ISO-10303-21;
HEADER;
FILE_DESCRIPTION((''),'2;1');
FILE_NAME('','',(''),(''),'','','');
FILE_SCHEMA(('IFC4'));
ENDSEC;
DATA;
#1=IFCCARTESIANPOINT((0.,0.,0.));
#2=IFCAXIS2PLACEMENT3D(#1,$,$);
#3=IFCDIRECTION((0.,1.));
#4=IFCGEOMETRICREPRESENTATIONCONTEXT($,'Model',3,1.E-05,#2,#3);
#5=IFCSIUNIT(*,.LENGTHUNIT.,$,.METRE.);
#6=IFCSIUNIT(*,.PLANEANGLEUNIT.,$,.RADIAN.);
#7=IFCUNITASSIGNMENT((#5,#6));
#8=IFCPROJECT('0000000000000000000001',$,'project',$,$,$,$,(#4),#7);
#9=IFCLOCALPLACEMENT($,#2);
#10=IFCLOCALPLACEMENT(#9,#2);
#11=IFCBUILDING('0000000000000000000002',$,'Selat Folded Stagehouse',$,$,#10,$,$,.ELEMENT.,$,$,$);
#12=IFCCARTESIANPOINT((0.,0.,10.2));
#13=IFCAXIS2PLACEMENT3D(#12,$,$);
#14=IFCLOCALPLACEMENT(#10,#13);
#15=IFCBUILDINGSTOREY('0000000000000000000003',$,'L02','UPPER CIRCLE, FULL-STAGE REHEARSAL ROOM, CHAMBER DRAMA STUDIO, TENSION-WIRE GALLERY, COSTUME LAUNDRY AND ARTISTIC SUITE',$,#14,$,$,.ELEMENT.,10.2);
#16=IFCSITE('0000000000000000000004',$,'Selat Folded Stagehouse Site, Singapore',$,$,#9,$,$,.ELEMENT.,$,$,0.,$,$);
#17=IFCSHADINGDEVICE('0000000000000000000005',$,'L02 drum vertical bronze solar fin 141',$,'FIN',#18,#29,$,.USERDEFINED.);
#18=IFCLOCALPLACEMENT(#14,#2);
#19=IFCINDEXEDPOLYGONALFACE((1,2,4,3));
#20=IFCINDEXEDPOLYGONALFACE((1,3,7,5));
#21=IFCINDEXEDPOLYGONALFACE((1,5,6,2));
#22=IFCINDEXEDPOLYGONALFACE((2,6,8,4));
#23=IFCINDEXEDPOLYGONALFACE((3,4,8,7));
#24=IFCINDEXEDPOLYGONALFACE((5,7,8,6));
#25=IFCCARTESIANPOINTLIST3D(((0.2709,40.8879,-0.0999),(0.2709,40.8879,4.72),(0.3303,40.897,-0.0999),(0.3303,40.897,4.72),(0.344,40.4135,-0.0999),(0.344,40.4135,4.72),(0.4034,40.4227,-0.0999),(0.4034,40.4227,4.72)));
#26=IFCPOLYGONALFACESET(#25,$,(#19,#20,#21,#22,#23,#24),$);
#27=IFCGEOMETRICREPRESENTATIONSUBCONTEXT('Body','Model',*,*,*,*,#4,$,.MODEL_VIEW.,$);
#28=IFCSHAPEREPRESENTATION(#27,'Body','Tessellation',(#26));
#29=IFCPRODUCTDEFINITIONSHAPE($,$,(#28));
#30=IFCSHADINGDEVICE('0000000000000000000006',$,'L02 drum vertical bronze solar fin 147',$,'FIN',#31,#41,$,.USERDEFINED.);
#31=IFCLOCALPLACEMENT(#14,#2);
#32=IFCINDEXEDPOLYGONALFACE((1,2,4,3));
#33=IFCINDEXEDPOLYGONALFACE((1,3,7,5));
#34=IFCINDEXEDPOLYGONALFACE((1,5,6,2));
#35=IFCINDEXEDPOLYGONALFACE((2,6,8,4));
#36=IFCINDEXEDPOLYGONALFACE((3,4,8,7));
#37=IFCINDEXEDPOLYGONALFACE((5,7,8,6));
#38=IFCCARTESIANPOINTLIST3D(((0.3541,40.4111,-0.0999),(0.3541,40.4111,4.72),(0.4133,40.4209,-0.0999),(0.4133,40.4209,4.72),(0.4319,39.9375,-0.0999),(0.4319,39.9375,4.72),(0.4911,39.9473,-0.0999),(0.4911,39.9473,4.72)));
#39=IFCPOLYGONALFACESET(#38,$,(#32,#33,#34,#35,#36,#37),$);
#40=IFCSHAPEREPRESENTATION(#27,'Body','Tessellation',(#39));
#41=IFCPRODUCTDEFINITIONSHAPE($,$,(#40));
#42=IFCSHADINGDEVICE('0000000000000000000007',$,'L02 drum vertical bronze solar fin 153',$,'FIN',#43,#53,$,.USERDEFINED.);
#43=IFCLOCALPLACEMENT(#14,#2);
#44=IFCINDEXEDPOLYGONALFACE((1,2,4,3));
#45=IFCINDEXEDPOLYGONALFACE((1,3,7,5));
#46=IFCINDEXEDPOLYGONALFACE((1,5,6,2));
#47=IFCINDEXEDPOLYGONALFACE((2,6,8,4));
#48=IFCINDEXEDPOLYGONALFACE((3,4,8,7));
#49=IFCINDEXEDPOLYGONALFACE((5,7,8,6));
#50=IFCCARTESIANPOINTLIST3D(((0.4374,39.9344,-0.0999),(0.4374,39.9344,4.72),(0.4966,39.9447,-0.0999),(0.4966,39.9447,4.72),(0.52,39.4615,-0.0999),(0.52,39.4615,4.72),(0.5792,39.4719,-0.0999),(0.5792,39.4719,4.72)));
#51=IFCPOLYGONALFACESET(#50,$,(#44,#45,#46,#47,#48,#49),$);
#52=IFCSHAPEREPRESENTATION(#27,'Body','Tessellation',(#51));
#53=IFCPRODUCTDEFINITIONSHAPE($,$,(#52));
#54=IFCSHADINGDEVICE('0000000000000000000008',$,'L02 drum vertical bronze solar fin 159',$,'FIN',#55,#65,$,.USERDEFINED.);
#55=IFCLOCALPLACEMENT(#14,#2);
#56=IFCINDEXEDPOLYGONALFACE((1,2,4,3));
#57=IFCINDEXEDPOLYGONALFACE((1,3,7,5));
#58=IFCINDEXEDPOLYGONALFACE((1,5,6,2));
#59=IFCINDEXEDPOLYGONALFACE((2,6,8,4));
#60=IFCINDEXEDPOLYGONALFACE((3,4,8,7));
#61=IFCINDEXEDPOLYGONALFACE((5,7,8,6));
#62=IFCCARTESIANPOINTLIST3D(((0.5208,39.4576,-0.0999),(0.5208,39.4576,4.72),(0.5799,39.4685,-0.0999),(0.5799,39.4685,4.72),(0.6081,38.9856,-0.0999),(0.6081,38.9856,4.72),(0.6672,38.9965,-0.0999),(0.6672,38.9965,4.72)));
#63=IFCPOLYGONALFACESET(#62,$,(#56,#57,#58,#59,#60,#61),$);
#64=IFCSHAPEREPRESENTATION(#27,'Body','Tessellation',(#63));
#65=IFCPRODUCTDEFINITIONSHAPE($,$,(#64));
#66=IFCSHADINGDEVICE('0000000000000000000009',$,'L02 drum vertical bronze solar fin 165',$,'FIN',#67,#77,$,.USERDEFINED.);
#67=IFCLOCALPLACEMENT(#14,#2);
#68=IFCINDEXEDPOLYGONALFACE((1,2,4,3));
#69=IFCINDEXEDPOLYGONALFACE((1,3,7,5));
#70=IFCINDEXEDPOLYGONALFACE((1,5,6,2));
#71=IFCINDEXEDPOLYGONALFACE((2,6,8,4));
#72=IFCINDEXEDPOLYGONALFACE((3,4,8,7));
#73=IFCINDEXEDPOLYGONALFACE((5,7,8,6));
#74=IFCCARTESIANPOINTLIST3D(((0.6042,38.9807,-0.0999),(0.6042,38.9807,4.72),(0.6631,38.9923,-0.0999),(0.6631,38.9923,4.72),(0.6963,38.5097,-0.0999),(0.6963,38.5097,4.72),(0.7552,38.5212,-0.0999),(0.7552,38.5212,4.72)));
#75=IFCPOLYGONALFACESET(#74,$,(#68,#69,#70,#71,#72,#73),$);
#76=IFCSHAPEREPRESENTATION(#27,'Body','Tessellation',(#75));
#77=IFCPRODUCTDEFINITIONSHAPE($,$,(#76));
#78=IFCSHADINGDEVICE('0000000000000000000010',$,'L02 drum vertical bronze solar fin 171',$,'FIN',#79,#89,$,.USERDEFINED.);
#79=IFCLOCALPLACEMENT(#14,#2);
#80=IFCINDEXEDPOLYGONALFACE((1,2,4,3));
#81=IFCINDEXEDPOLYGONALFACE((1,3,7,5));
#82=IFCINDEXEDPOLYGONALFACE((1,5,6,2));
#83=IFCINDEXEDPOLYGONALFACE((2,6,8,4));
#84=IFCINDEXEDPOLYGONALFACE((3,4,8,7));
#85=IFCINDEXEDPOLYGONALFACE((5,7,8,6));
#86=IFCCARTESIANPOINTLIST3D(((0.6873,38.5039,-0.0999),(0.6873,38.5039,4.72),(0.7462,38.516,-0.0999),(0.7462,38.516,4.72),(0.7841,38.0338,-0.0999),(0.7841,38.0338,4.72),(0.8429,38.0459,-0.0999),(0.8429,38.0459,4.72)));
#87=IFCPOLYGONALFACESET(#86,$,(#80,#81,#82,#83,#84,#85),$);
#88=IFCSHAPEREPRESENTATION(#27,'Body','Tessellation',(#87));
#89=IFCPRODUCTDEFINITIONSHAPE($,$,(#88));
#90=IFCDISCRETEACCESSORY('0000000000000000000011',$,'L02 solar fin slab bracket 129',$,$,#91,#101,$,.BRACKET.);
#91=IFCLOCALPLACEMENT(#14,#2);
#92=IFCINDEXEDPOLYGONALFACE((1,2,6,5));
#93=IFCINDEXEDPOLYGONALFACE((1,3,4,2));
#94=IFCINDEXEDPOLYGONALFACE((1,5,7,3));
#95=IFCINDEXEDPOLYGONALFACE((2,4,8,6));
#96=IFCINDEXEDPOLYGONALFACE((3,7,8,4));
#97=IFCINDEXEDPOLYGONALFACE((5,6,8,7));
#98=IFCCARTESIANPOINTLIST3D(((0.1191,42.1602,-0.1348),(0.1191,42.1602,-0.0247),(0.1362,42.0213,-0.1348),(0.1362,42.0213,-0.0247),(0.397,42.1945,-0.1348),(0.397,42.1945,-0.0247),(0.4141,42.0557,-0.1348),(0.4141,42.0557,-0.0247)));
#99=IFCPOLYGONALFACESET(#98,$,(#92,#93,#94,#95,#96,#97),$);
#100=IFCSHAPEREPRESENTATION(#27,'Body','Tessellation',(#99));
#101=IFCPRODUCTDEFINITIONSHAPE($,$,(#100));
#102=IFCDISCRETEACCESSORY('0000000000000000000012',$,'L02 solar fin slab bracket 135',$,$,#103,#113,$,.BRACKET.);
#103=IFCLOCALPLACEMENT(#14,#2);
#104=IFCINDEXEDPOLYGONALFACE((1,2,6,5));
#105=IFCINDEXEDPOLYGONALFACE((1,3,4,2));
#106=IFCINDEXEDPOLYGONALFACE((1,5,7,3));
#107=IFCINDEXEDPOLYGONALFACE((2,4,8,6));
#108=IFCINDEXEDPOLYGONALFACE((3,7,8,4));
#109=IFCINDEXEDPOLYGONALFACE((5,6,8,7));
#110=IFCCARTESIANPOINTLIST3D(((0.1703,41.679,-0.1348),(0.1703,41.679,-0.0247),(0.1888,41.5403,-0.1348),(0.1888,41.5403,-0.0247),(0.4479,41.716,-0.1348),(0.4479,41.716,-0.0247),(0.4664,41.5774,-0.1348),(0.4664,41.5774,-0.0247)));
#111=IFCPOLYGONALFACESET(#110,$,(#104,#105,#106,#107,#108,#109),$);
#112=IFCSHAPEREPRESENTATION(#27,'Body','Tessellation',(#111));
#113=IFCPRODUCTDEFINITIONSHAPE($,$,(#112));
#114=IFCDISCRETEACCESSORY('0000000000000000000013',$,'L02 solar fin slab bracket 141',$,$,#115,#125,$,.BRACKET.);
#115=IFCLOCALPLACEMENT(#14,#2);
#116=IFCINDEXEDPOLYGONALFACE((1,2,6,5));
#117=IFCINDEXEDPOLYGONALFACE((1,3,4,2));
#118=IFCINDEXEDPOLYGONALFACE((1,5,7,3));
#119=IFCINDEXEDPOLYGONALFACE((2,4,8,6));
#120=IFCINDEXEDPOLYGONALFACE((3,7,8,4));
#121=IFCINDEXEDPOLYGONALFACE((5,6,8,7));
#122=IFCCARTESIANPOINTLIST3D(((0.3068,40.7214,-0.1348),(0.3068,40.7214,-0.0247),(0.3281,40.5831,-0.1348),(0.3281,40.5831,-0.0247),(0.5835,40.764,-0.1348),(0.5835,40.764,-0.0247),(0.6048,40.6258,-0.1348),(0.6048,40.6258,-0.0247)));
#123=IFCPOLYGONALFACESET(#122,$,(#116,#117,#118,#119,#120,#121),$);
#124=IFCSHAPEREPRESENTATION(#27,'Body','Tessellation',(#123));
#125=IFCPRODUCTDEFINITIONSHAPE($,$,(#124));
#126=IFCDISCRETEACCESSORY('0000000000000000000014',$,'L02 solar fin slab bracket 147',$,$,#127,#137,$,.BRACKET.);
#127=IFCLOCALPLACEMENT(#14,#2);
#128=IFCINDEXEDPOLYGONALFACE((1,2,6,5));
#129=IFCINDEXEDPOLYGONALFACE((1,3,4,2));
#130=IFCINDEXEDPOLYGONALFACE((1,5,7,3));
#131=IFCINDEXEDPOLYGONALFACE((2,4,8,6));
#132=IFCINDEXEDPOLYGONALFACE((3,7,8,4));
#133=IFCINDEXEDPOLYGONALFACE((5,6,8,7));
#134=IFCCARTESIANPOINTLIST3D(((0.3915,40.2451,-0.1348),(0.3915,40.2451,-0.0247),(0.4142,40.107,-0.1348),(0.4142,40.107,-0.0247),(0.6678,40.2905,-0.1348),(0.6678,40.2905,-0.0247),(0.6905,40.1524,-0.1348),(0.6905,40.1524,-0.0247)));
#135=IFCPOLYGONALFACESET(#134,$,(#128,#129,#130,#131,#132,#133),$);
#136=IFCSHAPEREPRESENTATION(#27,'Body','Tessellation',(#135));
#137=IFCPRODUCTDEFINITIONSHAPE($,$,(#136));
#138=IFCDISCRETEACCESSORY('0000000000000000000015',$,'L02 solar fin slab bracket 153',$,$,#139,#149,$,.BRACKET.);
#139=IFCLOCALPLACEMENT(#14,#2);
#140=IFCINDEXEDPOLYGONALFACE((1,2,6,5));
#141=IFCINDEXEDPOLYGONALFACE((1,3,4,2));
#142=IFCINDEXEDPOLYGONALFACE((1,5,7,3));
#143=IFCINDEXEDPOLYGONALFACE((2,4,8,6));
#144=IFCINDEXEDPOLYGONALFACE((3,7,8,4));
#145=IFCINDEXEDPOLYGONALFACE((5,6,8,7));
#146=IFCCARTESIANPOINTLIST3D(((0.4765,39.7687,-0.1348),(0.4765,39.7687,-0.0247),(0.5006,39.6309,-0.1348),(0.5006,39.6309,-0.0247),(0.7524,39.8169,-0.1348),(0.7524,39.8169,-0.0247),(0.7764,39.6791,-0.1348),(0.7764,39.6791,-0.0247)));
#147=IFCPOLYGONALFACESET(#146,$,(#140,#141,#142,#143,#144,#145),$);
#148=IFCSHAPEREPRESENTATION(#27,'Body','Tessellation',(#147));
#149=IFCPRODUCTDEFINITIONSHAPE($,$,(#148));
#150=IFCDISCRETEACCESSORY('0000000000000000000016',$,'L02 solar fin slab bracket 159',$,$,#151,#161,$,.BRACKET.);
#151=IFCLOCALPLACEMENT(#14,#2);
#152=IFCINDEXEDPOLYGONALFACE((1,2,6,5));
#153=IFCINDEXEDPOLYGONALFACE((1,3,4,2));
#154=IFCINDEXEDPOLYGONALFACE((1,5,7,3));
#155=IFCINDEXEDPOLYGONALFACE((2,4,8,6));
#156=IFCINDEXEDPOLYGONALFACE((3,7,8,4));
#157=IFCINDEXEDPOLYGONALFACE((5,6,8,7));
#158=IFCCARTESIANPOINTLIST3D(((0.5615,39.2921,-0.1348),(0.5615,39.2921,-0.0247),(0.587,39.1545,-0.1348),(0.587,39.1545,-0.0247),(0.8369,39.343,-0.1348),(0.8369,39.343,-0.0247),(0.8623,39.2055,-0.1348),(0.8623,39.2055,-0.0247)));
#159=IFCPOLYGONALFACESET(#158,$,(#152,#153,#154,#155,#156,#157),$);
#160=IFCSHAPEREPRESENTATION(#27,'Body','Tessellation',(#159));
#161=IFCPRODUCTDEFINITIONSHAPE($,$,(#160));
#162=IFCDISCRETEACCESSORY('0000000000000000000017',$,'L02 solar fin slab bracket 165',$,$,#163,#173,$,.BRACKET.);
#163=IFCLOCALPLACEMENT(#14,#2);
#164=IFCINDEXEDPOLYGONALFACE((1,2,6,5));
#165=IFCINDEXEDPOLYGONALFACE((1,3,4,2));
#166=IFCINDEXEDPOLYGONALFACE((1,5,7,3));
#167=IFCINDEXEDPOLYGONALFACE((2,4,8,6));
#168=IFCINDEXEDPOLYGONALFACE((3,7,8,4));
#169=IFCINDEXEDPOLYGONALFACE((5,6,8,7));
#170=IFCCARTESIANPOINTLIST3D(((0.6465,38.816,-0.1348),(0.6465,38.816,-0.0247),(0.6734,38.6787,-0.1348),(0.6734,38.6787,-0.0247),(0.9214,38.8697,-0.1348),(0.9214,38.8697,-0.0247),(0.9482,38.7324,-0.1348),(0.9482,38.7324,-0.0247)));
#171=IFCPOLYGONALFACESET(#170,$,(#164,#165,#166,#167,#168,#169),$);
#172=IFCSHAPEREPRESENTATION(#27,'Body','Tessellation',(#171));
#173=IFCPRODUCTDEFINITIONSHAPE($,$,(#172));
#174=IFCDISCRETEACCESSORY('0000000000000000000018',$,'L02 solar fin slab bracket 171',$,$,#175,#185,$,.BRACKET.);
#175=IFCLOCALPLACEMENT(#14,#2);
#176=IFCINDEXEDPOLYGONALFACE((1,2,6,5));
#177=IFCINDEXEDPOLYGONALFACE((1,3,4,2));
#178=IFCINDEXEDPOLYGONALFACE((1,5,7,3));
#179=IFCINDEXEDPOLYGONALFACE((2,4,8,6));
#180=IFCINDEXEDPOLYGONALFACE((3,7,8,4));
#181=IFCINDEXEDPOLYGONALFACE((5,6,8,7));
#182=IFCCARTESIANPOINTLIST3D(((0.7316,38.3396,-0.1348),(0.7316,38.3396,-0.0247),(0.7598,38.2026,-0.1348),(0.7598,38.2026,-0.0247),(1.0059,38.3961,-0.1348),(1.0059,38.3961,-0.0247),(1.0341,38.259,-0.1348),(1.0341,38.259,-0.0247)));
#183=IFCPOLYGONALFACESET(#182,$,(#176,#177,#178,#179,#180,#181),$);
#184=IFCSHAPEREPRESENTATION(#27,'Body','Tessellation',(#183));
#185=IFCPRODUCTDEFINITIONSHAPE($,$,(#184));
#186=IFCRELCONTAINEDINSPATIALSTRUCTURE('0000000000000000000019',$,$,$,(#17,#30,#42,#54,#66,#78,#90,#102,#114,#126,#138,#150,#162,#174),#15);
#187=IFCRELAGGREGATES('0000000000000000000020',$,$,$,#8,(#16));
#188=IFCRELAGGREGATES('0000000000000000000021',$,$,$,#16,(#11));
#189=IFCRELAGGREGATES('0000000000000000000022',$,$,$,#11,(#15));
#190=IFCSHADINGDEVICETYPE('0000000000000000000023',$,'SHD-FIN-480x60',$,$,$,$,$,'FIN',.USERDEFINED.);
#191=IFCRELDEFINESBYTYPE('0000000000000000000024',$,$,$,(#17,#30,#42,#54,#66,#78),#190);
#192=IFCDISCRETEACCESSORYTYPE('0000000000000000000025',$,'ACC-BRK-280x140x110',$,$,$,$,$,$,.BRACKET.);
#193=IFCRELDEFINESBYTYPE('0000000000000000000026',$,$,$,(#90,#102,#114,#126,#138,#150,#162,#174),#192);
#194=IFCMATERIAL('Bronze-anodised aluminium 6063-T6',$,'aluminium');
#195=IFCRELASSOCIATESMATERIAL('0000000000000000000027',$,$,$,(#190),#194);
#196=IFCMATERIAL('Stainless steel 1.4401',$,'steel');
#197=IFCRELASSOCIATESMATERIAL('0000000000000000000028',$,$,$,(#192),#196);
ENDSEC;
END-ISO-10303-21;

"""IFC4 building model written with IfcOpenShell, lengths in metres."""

from ifc_helpers import new_model, si_unit, direction, frame, origin, origin_2d, place, context, subcontext, project, spatial, rectangle, extrude, material, material_profile, profile_set, type_object, element, save


model = new_model("IFC4")

# Units and contexts
model_context = context("Model", 3, precision=1e-05, world=origin(), true_north=direction((0.0, 1.0)))
body_context = subcontext(model_context, "Body", "Model", "MODEL_VIEW")
ifc_project = project(units=[si_unit("LENGTHUNIT", "METRE"), si_unit("PLANEANGLEUNIT", "RADIAN")], contexts=[model_context])

# Site, building, storey
site_placement = place(None, origin())
site = spatial("IfcSite", under=ifc_project, at=site_placement, Name="Selat Folded Stagehouse Site, Singapore", CompositionType="ELEMENT", RefElevation=0.0)
building_placement = place(site_placement, origin())
building = spatial("IfcBuilding", under=site, at=building_placement, Name="Selat Folded Stagehouse", CompositionType="ELEMENT")
storey_placement = place(building_placement, frame((0.0, 0.0, 10.2)))
storey = spatial("IfcBuildingStorey", under=building, at=storey_placement, Name="L02", Description="UPPER CIRCLE, FULL-STAGE REHEARSAL ROOM, CHAMBER DRAMA STUDIO, TENSION-WIRE GALLERY, COSTUME LAUNDRY AND ARTISTIC SUITE", CompositionType="ELEMENT", Elevation=10.2)

# Shading devices
ifc_material_1 = material(Name="Bronze-anodised aluminium 6063-T6", Category="aluminium")
ifc_material_profile_1 = material_profile(ifc_material_1, rectangle(XDim=0.0601, YDim=0.48, at=origin_2d()), Name="SOLAR-FIN 480x60")
ifc_profile_set_1 = profile_set([ifc_material_profile_1], Name="Bronze-anodised aluminium 6063-T6")
shading_device_type = type_object("IfcShadingDeviceType", Name="SHD-FIN-480x60", ElementType="FIN", PredefinedType="USERDEFINED", material=ifc_profile_set_1)
for number, where, z_axis, x_axis, name in (
    (1, (0.3372, 40.6553, -0.0999), (0.0, 0.0, 1.0), (-0.988335, -0.152296, 0.0), "L02 drum vertical bronze solar fin 141"),
    (2, (0.4226, 40.1792, -0.0999), (0.0, 0.0, 1.0), (-0.986771, -0.162121, 0.0), "L02 drum vertical bronze solar fin 147"),
    (3, (0.5083, 39.7031, -0.0999), (0.0, 0.0, 1.0), (-0.985079, -0.172101, 0.0), "L02 drum vertical bronze solar fin 153"),
    (4, (0.594, 39.2271, -0.0999), (0.0, 0.0, 1.0), (-0.983318, -0.181892, 0.0), "L02 drum vertical bronze solar fin 159"),
    (5, (0.6797, 38.751, -0.0999), (0.0, 0.0, 1.0), (-0.981427, -0.191837, 0.0), "L02 drum vertical bronze solar fin 165"),
    (6, (0.7651, 38.2749, -0.0999), (0.0, 0.0, 1.0), (-0.97947, -0.201591, 0.0), "L02 drum vertical bronze solar fin 171"),
):
    element("IfcShadingDevice", number, at=place(storey_placement, frame(where, z_axis=z_axis, x_axis=x_axis)), inside=storey, type_object=shading_device_type, Name=name, ObjectType="FIN", PredefinedType="USERDEFINED", context=body_context, shape_type="SweptSolid", body=[
        extrude(rectangle(XDim=0.0601, YDim=0.48, at=origin_2d()), origin(), (0.0, 0.0, 1.0), 4.8198),
    ])

# Discrete accessories
ifc_material_2 = material(Name="Stainless steel 1.4401", Category="steel")
discrete_accessory_type = type_object("IfcDiscreteAccessoryType", Name="ACC-BRK-280x140x110", PredefinedType="BRACKET", material=ifc_material_2)
for number, where, z_axis, x_axis, name in (
    (7, (0.2666, 42.1079, -0.1348), (0.0, 0.0, 1.0), (-0.992461, -0.122562, 0.0), "L02 solar fin slab bracket 129"),
    (8, (0.3184, 41.6282, -0.1348), (0.0, 0.0, 1.0), (-0.991192, -0.132429, 0.0), "L02 solar fin slab bracket 135"),
    (9, (0.4558, 40.6736, -0.1348), (0.0, 0.0, 1.0), (-0.988335, -0.152296, 0.0), "L02 solar fin slab bracket 141"),
    (10, (0.541, 40.1987, -0.1348), (0.0, 0.0, 1.0), (-0.986771, -0.162121, 0.0), "L02 solar fin slab bracket 147"),
    (11, (0.6265, 39.7239, -0.1348), (0.0, 0.0, 1.0), (-0.985079, -0.172101, 0.0), "L02 solar fin slab bracket 153"),
    (12, (0.7119, 39.2488, -0.1348), (0.0, 0.0, 1.0), (-0.983318, -0.181892, 0.0), "L02 solar fin slab bracket 159"),
    (13, (0.7974, 38.7742, -0.1348), (0.0, 0.0, 1.0), (-0.981427, -0.191837, 0.0), "L02 solar fin slab bracket 165"),
    (14, (0.8828, 38.2993, -0.1348), (0.0, 0.0, 1.0), (-0.97947, -0.201591, 0.0), "L02 solar fin slab bracket 171"),
):
    element("IfcDiscreteAccessory", number, at=place(storey_placement, frame(where, z_axis=z_axis, x_axis=x_axis)), inside=storey, type_object=discrete_accessory_type, Name=name, PredefinedType="BRACKET", context=body_context, shape_type="SweptSolid", body=[
        extrude(rectangle(XDim=0.28, YDim=0.1399, at=origin_2d()), origin(), (0.0, 0.0, 1.0), 0.1101),
    ])

save(model, "model.ifc")
